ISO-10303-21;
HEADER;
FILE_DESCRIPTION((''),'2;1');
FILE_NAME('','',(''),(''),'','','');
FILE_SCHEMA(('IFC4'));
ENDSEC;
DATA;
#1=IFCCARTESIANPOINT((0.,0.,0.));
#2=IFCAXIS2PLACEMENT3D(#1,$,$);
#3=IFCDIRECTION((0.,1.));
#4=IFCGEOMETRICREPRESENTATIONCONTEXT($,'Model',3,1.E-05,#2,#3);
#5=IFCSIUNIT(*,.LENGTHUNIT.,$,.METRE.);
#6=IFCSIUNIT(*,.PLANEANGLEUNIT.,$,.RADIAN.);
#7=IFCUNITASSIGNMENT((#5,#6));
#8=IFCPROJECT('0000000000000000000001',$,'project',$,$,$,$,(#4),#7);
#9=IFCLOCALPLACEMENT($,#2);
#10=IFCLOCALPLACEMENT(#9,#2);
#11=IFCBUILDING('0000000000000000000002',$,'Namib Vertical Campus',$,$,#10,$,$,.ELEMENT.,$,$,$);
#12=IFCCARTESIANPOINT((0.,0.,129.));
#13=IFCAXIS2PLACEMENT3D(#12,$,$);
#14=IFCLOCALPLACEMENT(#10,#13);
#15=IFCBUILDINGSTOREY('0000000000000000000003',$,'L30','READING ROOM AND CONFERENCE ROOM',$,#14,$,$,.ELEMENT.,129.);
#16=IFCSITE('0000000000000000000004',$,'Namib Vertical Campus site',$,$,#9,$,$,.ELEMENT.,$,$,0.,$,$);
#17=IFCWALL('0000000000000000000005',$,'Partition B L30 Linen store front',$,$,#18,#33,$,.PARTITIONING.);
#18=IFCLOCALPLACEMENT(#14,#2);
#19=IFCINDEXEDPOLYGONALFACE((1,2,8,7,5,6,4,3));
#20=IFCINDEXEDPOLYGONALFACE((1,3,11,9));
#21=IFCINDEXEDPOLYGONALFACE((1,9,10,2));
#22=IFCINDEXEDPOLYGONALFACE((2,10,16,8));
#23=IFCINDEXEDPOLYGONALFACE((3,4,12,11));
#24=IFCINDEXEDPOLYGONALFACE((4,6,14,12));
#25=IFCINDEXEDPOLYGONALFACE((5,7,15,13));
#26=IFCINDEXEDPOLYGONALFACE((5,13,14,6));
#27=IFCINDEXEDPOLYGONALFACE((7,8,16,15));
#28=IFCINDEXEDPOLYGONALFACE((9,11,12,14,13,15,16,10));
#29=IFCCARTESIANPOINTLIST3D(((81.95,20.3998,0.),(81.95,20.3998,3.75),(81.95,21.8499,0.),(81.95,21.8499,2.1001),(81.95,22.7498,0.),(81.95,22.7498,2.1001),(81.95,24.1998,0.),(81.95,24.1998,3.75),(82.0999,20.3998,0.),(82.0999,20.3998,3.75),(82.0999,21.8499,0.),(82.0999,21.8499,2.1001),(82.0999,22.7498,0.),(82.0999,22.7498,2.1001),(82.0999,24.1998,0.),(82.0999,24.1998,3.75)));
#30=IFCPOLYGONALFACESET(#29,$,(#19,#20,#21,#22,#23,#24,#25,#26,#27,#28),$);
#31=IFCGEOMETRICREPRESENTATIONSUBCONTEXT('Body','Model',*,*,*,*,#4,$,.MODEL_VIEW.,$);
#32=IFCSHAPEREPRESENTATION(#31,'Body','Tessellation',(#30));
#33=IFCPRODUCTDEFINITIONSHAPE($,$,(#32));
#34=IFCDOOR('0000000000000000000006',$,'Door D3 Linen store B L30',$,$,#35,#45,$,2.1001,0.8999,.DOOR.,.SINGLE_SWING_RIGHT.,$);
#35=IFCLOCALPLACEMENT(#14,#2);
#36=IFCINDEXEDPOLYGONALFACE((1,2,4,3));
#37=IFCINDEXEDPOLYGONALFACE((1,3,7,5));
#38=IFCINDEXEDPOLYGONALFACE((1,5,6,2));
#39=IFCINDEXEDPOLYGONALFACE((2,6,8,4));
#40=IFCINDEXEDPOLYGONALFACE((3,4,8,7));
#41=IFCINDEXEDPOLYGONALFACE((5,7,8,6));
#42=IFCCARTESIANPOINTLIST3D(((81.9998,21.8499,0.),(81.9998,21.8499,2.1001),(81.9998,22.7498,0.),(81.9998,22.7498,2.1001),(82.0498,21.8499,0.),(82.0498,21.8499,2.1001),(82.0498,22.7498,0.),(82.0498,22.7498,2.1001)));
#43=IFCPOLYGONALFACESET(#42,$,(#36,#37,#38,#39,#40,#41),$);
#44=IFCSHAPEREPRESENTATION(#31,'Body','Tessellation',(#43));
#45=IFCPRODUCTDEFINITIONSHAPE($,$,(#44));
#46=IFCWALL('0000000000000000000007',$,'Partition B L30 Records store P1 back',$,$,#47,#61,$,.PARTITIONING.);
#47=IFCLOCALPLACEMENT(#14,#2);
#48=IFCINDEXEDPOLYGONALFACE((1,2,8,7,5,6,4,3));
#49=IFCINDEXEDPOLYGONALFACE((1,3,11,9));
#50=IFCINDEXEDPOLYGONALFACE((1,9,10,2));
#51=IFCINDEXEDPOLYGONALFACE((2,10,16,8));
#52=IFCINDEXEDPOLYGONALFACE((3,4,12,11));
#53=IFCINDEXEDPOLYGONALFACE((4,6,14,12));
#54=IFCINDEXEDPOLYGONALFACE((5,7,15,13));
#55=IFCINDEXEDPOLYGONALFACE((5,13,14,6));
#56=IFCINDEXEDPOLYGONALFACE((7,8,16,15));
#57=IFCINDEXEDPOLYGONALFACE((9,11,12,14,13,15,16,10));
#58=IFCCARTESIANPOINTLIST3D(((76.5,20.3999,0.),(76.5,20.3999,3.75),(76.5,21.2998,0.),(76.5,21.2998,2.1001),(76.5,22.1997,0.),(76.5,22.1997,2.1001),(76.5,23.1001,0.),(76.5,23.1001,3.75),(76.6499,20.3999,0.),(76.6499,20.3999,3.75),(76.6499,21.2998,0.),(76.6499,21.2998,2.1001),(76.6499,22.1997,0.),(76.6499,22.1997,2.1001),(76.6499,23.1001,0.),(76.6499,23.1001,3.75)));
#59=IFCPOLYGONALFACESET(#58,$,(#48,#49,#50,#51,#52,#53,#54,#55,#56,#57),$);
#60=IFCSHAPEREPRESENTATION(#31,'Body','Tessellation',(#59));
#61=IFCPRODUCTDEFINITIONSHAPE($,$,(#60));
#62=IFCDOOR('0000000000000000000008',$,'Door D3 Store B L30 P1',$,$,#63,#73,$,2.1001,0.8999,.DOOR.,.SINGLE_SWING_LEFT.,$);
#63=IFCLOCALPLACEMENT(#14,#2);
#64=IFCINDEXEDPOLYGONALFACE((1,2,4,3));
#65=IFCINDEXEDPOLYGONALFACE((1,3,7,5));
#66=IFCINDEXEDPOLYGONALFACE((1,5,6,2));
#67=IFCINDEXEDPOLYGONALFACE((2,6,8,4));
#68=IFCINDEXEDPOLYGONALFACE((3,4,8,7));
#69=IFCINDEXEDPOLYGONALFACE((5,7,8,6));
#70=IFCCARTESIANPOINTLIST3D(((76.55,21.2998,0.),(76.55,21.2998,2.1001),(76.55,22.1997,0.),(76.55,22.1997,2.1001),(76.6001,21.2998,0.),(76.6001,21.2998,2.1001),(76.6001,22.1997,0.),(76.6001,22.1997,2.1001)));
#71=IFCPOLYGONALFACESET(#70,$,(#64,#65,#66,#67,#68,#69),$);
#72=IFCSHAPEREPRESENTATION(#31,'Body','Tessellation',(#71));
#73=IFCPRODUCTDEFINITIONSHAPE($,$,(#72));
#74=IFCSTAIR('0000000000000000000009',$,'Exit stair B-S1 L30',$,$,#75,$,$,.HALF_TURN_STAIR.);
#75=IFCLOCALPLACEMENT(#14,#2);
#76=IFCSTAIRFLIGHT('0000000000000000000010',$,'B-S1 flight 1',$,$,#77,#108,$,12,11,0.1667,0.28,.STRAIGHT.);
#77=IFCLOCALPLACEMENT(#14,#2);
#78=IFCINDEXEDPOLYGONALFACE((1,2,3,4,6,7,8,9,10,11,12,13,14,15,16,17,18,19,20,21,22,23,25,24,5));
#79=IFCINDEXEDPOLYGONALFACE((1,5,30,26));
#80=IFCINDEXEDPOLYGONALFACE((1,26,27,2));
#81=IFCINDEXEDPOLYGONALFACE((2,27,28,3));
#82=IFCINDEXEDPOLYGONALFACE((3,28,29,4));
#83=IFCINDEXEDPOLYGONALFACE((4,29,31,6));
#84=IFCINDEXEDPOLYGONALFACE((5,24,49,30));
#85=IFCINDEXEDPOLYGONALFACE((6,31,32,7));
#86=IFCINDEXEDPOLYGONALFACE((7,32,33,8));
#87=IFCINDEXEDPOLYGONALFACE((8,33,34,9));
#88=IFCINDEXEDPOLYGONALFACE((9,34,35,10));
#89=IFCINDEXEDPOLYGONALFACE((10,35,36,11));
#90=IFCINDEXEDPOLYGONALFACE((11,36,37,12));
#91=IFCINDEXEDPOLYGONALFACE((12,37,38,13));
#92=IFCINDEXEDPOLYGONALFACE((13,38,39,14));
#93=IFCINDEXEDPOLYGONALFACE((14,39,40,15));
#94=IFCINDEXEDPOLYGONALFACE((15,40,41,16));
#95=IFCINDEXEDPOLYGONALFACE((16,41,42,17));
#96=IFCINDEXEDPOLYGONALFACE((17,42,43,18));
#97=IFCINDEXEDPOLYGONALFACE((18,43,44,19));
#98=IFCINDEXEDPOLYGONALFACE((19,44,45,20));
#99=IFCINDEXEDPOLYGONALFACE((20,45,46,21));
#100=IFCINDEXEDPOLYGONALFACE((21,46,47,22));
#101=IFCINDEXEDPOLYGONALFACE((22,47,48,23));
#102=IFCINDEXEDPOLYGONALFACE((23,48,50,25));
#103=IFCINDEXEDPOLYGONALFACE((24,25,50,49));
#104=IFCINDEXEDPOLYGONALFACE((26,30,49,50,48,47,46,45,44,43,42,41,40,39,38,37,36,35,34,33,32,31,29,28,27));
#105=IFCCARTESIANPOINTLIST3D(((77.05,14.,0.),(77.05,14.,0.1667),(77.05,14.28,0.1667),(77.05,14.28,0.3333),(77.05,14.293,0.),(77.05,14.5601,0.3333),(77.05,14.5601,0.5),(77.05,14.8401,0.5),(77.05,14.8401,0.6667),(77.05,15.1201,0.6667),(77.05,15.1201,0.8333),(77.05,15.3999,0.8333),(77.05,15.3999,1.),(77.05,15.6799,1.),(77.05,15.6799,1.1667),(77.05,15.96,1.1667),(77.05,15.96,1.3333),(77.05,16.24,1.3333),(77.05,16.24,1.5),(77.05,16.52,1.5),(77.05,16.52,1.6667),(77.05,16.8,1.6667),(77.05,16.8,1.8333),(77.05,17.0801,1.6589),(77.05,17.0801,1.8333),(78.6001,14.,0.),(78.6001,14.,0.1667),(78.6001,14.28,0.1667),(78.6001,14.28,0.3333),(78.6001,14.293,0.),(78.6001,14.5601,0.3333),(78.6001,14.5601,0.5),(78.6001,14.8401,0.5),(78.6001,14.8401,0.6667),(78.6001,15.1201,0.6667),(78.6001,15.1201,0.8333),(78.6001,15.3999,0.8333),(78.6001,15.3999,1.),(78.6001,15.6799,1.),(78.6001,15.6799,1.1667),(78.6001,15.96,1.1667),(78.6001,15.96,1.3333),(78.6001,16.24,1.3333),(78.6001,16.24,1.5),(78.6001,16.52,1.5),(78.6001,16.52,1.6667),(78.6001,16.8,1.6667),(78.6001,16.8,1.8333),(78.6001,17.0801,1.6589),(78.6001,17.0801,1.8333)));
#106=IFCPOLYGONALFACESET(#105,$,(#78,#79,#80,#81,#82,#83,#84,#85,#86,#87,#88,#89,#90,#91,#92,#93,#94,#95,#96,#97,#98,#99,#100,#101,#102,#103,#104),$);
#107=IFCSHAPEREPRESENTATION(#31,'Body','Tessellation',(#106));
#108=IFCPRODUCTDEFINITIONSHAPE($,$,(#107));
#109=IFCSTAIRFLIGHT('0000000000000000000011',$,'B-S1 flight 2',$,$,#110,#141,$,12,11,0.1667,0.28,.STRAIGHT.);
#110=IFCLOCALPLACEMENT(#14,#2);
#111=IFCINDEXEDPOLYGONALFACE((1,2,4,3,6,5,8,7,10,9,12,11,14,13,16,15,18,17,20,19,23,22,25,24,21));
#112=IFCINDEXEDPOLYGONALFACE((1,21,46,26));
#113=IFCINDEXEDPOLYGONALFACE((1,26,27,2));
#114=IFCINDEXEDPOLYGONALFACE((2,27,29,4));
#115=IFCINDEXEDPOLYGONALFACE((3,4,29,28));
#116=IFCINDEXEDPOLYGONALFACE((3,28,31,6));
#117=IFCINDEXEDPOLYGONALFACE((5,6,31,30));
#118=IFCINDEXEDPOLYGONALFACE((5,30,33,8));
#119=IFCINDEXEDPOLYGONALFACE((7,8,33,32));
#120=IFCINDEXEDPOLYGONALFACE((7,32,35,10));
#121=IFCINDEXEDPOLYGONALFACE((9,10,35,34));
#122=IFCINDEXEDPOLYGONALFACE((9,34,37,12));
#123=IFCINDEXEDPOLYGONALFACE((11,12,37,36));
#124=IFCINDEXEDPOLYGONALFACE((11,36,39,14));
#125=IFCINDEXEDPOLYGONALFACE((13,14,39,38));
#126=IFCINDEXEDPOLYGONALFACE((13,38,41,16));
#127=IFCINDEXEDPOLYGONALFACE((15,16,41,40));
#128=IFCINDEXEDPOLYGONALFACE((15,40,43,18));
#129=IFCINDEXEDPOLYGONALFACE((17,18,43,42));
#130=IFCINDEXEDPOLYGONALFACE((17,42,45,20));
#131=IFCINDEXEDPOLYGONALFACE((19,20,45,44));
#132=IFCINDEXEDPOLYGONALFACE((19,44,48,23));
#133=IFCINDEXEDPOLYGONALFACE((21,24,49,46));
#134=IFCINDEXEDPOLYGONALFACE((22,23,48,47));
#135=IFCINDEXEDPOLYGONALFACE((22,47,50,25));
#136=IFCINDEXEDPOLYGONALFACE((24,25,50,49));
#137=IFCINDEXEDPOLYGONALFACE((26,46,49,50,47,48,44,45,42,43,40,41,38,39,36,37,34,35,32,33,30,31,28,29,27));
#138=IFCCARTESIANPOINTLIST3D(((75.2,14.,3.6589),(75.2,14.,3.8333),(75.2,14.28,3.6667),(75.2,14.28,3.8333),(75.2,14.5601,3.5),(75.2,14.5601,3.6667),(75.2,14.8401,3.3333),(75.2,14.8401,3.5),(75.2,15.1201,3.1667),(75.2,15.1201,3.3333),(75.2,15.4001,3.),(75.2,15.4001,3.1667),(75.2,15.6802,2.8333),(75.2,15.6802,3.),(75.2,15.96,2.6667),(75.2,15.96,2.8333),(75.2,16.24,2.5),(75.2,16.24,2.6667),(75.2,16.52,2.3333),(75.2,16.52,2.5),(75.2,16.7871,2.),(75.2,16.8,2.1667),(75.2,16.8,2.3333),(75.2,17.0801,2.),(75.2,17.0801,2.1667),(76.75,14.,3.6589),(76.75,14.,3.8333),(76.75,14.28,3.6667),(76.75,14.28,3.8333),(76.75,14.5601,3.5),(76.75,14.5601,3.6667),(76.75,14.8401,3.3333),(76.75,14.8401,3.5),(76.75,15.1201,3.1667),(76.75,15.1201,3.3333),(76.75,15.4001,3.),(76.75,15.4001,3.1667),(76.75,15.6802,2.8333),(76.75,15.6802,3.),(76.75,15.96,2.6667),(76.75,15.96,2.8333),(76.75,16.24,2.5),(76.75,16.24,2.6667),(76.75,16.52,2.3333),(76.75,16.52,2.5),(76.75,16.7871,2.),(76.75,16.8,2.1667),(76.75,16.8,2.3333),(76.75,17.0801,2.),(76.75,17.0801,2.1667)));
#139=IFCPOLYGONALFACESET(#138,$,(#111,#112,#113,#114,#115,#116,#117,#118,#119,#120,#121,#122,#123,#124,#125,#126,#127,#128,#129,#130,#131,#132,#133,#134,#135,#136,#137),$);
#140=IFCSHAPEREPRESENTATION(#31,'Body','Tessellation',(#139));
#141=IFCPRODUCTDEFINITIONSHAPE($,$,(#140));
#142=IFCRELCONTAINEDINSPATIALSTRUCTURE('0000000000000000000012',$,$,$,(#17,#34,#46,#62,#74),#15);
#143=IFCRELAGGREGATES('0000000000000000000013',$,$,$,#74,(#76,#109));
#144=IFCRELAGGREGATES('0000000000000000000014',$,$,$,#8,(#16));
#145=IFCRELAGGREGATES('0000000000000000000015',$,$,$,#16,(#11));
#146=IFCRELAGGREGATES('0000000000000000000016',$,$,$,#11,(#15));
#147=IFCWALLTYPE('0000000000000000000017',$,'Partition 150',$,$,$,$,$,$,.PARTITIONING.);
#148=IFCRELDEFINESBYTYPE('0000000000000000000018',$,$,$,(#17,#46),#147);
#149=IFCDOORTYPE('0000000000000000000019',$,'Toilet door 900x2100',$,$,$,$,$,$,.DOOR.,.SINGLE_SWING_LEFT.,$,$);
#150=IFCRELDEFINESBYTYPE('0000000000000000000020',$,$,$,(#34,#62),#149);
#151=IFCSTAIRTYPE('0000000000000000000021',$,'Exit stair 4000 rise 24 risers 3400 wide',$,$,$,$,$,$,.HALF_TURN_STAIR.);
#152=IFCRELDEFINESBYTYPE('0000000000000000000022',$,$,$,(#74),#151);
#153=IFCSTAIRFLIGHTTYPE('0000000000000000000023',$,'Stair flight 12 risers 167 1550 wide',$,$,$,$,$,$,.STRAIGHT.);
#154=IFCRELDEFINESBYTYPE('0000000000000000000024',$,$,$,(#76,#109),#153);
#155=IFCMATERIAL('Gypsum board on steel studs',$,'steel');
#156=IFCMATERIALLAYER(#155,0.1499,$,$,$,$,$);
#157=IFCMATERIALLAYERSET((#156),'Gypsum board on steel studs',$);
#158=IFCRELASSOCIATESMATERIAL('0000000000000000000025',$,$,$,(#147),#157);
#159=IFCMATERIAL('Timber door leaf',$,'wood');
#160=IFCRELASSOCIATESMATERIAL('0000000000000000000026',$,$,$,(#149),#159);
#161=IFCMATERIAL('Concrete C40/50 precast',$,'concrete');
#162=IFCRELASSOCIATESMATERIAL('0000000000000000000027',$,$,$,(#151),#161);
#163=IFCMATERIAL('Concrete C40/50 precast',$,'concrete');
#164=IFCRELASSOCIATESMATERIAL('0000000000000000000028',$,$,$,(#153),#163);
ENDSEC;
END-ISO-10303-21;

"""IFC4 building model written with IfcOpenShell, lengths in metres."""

from ifc_helpers import new_model, si_unit, direction, frame, frame_2d, origin, place, context, subcontext, project, spatial, polyline, rectangle, outline, extrude, material, layer, layer_set, type_object, element, fill, aggregate, save


model = new_model("IFC4")

# Units and contexts
model_context = context("Model", 3, precision=1e-05, world=origin(), true_north=direction((0.0, 1.0)))
body_context = subcontext(model_context, "Body", "Model", "MODEL_VIEW")
ifc_project = project(units=[si_unit("LENGTHUNIT", "METRE"), si_unit("PLANEANGLEUNIT", "RADIAN")], contexts=[model_context])

# Site, building, storey
site_placement = place(None, origin())
site = spatial("IfcSite", under=ifc_project, at=site_placement, Name="Namib Vertical Campus site", CompositionType="ELEMENT", RefElevation=0.0)
building_placement = place(site_placement, origin())
building = spatial("IfcBuilding", under=site, at=building_placement, Name="Namib Vertical Campus", CompositionType="ELEMENT")
storey_placement = place(building_placement, frame((0.0, 0.0, 129.0)))
storey = spatial("IfcBuildingStorey", under=building, at=storey_placement, Name="L30", Description="READING ROOM AND CONFERENCE ROOM", CompositionType="ELEMENT", Elevation=129.0)

# Walls, openings, doors
ifc_material_1 = material(Name="Gypsum board on steel studs", Category="steel")
ifc_layer_1 = layer(ifc_material_1, 0.1499)
ifc_layer_set_1 = layer_set([ifc_layer_1], Name="Gypsum board on steel studs")
wall_type_1 = type_object("IfcWallType", Name="Partition 150", PredefinedType="PARTITIONING", material=ifc_layer_set_1)
wall_1_placement = place(storey_placement, frame((82.0249, 20.3999, 0.0), z_axis=(0.0, 0.0, 1.0), x_axis=(0.0, 1.0, 0.0)))
wall_1 = element("IfcWall", 1, at=wall_1_placement, inside=storey, type_object=wall_type_1, Name="Partition B L30 Linen store front", PredefinedType="PARTITIONING", context=body_context, shape_type="SweptSolid", body=[
    extrude(rectangle(XDim=3.8, YDim=0.1499, at=frame_2d((1.8999, 0.0))), origin(), (0.0, 0.0, 1.0), 3.75),
])
opening_1_placement = place(wall_1_placement, frame((1.45, 0.0, 0.0)))
opening_1 = element("IfcOpeningElement", 2, at=opening_1_placement, cuts=wall_1, PredefinedType="OPENING", context=body_context, shape_type="SweptSolid", body=[
    extrude(rectangle(XDim=0.8999, YDim=2.1001, at=frame_2d((0.45, 1.05))), frame((0.0, 0.085, 0.0), z_axis=(0.0, -1.0, 0.0), x_axis=(1.0, 0.0, 0.0)), (0.0, 0.0, 1.0), 0.1699),
])
ifc_material_2 = material(Name="Timber door leaf", Category="wood")
door_type_1 = type_object("IfcDoorType", Name="Toilet door 900x2100", OperationType="SINGLE_SWING_LEFT", PredefinedType="DOOR", material=ifc_material_2)
door_1_placement = place(opening_1_placement, frame((0.8999, 0.0, 0.0), z_axis=(0.0, 0.0, 1.0), x_axis=(-1.0, 0.0, 0.0)))
door_1 = element("IfcDoor", 3, at=door_1_placement, inside=storey, type_object=door_type_1, Name="Door D3 Linen store B L30", OperationType="SINGLE_SWING_RIGHT", OverallHeight=2.1001, OverallWidth=0.8999, PredefinedType="DOOR", context=body_context, shape_type="SweptSolid", body=[
    extrude(rectangle(XDim=0.8999, YDim=2.1001, at=frame_2d((0.45, 1.05))), frame((0.0, 0.0249, 0.0), z_axis=(0.0, -1.0, 0.0), x_axis=(1.0, 0.0, 0.0)), (0.0, 0.0, 1.0), 0.05),
])
fill(opening_1, door_1)
wall_2_placement = place(storey_placement, frame((76.575, 20.3999, 0.0), z_axis=(0.0, 0.0, 1.0), x_axis=(0.0, 1.0, 0.0)))
wall_2 = element("IfcWall", 4, at=wall_2_placement, inside=storey, type_object=wall_type_1, Name="Partition B L30 Records store P1 back", PredefinedType="PARTITIONING", context=body_context, shape_type="SweptSolid", body=[
    extrude(rectangle(XDim=2.7002, YDim=0.1499, at=frame_2d((1.3501, 0.0))), origin(), (0.0, 0.0, 1.0), 3.75),
])
opening_2_placement = place(wall_2_placement, frame((0.8999, 0.0, 0.0)))
opening_2 = element("IfcOpeningElement", 5, at=opening_2_placement, cuts=wall_2, PredefinedType="OPENING", context=body_context, shape_type="SweptSolid", body=[
    extrude(rectangle(XDim=0.8999, YDim=2.1001, at=frame_2d((0.45, 1.05))), frame((0.0, 0.085, 0.0), z_axis=(0.0, -1.0, 0.0), x_axis=(1.0, 0.0, 0.0)), (0.0, 0.0, 1.0), 0.1699),
])
door_2_placement = place(opening_2_placement, origin())
door_2 = element("IfcDoor", 6, at=door_2_placement, inside=storey, type_object=door_type_1, Name="Door D3 Store B L30 P1", OperationType="SINGLE_SWING_LEFT", OverallHeight=2.1001, OverallWidth=0.8999, PredefinedType="DOOR", context=body_context, shape_type="SweptSolid", body=[
    extrude(rectangle(XDim=0.8999, YDim=2.1001, at=frame_2d((0.45, 1.05))), frame((0.0, 0.0249, 0.0), z_axis=(0.0, -1.0, 0.0), x_axis=(1.0, 0.0, 0.0)), (0.0, 0.0, 1.0), 0.05),
])
fill(opening_2, door_2)

# Stair, stair flights
ifc_material_3 = material(Name="Concrete C40/50 precast", Category="concrete")
stair_type = type_object("IfcStairType", Name="Exit stair 4000 rise 24 risers 3400 wide", PredefinedType="HALF_TURN_STAIR", material=ifc_material_3)
stair_placement = place(storey_placement, origin())
stair = element("IfcStair", 7, at=stair_placement, inside=storey, type_object=stair_type, Name="Exit stair B-S1 L30", PredefinedType="HALF_TURN_STAIR")
ifc_material_4 = material(Name="Concrete C40/50 precast", Category="concrete")
stair_flight_type = type_object("IfcStairFlightType", Name="Stair flight 12 risers 167 1550 wide", PredefinedType="STRAIGHT", material=ifc_material_4)
stair_flight_1_placement = place(storey_placement, frame((77.825, 14.0, 0.0), z_axis=(0.0, 0.0, 1.0), x_axis=(0.0, 1.0, 0.0)))
stair_flight_1 = element("IfcStairFlight", 8, at=stair_flight_1_placement, type_object=stair_flight_type, Name="B-S1 flight 1", NumberOfRisers=12, NumberOfTreads=11, PredefinedType="STRAIGHT", RiserHeight=0.1667, TreadLength=0.28, context=body_context, shape_type="SweptSolid", body=[
    extrude(outline(polyline([(0.0, 0.0), (0.0, 0.1667), (0.28, 0.1667), (0.28, 0.3333), (0.5601, 0.3333), (0.5601, 0.5), (0.8401, 0.5), (0.8401, 0.6667), (1.1201, 0.6667), (1.1201, 0.8333), (1.3999, 0.8333), (1.3999, 1.0), (1.6799, 1.0), (1.6799, 1.1667), (1.96, 1.1667), (1.96, 1.3333), (2.24, 1.3333), (2.24, 1.5), (2.52, 1.5), (2.52, 1.6667), (2.8, 1.6667), (2.8, 1.8333), (3.0801, 1.8333), (3.0801, 2.0), (3.0801, 1.6589), (0.293, 0.0), (0.0, 0.0)])), frame((0.0, 0.7749, 0.0), z_axis=(0.0, -1.0, 0.0), x_axis=(1.0, 0.0, 0.0)), (0.0, 0.0, 1.0), 1.55),
])
stair_flight_2_placement = place(storey_placement, frame((75.9751, 17.0801, 2.0), z_axis=(0.0, 0.0, 1.0), x_axis=(0.0, -1.0, 0.0)))
stair_flight_2 = element("IfcStairFlight", 9, at=stair_flight_2_placement, type_object=stair_flight_type, Name="B-S1 flight 2", NumberOfRisers=12, NumberOfTreads=11, PredefinedType="STRAIGHT", RiserHeight=0.1667, TreadLength=0.28, context=body_context, shape_type="SweptSolid", body=[
    extrude(outline(polyline([(0.0, 0.0), (0.0, 0.1667), (0.28, 0.1667), (0.28, 0.3333), (0.5601, 0.3333), (0.5601, 0.5), (0.8401, 0.5), (0.8401, 0.6667), (1.1201, 0.6667), (1.1201, 0.8333), (1.3999, 0.8333), (1.3999, 1.0), (1.6799, 1.0), (1.6799, 1.1667), (1.96, 1.1667), (1.96, 1.3333), (2.24, 1.3333), (2.24, 1.5), (2.52, 1.5), (2.52, 1.6667), (2.8, 1.6667), (2.8, 1.8333), (3.0801, 1.8333), (3.0801, 2.0), (3.0801, 1.6589), (0.293, 0.0), (0.0, 0.0)])), frame((0.0, 0.7749, 0.0), z_axis=(0.0, -1.0, 0.0), x_axis=(1.0, 0.0, 0.0)), (0.0, 0.0, 1.0), 1.55),
])
aggregate(stair, [stair_flight_1, stair_flight_2])

save(model, "model.ifc")
